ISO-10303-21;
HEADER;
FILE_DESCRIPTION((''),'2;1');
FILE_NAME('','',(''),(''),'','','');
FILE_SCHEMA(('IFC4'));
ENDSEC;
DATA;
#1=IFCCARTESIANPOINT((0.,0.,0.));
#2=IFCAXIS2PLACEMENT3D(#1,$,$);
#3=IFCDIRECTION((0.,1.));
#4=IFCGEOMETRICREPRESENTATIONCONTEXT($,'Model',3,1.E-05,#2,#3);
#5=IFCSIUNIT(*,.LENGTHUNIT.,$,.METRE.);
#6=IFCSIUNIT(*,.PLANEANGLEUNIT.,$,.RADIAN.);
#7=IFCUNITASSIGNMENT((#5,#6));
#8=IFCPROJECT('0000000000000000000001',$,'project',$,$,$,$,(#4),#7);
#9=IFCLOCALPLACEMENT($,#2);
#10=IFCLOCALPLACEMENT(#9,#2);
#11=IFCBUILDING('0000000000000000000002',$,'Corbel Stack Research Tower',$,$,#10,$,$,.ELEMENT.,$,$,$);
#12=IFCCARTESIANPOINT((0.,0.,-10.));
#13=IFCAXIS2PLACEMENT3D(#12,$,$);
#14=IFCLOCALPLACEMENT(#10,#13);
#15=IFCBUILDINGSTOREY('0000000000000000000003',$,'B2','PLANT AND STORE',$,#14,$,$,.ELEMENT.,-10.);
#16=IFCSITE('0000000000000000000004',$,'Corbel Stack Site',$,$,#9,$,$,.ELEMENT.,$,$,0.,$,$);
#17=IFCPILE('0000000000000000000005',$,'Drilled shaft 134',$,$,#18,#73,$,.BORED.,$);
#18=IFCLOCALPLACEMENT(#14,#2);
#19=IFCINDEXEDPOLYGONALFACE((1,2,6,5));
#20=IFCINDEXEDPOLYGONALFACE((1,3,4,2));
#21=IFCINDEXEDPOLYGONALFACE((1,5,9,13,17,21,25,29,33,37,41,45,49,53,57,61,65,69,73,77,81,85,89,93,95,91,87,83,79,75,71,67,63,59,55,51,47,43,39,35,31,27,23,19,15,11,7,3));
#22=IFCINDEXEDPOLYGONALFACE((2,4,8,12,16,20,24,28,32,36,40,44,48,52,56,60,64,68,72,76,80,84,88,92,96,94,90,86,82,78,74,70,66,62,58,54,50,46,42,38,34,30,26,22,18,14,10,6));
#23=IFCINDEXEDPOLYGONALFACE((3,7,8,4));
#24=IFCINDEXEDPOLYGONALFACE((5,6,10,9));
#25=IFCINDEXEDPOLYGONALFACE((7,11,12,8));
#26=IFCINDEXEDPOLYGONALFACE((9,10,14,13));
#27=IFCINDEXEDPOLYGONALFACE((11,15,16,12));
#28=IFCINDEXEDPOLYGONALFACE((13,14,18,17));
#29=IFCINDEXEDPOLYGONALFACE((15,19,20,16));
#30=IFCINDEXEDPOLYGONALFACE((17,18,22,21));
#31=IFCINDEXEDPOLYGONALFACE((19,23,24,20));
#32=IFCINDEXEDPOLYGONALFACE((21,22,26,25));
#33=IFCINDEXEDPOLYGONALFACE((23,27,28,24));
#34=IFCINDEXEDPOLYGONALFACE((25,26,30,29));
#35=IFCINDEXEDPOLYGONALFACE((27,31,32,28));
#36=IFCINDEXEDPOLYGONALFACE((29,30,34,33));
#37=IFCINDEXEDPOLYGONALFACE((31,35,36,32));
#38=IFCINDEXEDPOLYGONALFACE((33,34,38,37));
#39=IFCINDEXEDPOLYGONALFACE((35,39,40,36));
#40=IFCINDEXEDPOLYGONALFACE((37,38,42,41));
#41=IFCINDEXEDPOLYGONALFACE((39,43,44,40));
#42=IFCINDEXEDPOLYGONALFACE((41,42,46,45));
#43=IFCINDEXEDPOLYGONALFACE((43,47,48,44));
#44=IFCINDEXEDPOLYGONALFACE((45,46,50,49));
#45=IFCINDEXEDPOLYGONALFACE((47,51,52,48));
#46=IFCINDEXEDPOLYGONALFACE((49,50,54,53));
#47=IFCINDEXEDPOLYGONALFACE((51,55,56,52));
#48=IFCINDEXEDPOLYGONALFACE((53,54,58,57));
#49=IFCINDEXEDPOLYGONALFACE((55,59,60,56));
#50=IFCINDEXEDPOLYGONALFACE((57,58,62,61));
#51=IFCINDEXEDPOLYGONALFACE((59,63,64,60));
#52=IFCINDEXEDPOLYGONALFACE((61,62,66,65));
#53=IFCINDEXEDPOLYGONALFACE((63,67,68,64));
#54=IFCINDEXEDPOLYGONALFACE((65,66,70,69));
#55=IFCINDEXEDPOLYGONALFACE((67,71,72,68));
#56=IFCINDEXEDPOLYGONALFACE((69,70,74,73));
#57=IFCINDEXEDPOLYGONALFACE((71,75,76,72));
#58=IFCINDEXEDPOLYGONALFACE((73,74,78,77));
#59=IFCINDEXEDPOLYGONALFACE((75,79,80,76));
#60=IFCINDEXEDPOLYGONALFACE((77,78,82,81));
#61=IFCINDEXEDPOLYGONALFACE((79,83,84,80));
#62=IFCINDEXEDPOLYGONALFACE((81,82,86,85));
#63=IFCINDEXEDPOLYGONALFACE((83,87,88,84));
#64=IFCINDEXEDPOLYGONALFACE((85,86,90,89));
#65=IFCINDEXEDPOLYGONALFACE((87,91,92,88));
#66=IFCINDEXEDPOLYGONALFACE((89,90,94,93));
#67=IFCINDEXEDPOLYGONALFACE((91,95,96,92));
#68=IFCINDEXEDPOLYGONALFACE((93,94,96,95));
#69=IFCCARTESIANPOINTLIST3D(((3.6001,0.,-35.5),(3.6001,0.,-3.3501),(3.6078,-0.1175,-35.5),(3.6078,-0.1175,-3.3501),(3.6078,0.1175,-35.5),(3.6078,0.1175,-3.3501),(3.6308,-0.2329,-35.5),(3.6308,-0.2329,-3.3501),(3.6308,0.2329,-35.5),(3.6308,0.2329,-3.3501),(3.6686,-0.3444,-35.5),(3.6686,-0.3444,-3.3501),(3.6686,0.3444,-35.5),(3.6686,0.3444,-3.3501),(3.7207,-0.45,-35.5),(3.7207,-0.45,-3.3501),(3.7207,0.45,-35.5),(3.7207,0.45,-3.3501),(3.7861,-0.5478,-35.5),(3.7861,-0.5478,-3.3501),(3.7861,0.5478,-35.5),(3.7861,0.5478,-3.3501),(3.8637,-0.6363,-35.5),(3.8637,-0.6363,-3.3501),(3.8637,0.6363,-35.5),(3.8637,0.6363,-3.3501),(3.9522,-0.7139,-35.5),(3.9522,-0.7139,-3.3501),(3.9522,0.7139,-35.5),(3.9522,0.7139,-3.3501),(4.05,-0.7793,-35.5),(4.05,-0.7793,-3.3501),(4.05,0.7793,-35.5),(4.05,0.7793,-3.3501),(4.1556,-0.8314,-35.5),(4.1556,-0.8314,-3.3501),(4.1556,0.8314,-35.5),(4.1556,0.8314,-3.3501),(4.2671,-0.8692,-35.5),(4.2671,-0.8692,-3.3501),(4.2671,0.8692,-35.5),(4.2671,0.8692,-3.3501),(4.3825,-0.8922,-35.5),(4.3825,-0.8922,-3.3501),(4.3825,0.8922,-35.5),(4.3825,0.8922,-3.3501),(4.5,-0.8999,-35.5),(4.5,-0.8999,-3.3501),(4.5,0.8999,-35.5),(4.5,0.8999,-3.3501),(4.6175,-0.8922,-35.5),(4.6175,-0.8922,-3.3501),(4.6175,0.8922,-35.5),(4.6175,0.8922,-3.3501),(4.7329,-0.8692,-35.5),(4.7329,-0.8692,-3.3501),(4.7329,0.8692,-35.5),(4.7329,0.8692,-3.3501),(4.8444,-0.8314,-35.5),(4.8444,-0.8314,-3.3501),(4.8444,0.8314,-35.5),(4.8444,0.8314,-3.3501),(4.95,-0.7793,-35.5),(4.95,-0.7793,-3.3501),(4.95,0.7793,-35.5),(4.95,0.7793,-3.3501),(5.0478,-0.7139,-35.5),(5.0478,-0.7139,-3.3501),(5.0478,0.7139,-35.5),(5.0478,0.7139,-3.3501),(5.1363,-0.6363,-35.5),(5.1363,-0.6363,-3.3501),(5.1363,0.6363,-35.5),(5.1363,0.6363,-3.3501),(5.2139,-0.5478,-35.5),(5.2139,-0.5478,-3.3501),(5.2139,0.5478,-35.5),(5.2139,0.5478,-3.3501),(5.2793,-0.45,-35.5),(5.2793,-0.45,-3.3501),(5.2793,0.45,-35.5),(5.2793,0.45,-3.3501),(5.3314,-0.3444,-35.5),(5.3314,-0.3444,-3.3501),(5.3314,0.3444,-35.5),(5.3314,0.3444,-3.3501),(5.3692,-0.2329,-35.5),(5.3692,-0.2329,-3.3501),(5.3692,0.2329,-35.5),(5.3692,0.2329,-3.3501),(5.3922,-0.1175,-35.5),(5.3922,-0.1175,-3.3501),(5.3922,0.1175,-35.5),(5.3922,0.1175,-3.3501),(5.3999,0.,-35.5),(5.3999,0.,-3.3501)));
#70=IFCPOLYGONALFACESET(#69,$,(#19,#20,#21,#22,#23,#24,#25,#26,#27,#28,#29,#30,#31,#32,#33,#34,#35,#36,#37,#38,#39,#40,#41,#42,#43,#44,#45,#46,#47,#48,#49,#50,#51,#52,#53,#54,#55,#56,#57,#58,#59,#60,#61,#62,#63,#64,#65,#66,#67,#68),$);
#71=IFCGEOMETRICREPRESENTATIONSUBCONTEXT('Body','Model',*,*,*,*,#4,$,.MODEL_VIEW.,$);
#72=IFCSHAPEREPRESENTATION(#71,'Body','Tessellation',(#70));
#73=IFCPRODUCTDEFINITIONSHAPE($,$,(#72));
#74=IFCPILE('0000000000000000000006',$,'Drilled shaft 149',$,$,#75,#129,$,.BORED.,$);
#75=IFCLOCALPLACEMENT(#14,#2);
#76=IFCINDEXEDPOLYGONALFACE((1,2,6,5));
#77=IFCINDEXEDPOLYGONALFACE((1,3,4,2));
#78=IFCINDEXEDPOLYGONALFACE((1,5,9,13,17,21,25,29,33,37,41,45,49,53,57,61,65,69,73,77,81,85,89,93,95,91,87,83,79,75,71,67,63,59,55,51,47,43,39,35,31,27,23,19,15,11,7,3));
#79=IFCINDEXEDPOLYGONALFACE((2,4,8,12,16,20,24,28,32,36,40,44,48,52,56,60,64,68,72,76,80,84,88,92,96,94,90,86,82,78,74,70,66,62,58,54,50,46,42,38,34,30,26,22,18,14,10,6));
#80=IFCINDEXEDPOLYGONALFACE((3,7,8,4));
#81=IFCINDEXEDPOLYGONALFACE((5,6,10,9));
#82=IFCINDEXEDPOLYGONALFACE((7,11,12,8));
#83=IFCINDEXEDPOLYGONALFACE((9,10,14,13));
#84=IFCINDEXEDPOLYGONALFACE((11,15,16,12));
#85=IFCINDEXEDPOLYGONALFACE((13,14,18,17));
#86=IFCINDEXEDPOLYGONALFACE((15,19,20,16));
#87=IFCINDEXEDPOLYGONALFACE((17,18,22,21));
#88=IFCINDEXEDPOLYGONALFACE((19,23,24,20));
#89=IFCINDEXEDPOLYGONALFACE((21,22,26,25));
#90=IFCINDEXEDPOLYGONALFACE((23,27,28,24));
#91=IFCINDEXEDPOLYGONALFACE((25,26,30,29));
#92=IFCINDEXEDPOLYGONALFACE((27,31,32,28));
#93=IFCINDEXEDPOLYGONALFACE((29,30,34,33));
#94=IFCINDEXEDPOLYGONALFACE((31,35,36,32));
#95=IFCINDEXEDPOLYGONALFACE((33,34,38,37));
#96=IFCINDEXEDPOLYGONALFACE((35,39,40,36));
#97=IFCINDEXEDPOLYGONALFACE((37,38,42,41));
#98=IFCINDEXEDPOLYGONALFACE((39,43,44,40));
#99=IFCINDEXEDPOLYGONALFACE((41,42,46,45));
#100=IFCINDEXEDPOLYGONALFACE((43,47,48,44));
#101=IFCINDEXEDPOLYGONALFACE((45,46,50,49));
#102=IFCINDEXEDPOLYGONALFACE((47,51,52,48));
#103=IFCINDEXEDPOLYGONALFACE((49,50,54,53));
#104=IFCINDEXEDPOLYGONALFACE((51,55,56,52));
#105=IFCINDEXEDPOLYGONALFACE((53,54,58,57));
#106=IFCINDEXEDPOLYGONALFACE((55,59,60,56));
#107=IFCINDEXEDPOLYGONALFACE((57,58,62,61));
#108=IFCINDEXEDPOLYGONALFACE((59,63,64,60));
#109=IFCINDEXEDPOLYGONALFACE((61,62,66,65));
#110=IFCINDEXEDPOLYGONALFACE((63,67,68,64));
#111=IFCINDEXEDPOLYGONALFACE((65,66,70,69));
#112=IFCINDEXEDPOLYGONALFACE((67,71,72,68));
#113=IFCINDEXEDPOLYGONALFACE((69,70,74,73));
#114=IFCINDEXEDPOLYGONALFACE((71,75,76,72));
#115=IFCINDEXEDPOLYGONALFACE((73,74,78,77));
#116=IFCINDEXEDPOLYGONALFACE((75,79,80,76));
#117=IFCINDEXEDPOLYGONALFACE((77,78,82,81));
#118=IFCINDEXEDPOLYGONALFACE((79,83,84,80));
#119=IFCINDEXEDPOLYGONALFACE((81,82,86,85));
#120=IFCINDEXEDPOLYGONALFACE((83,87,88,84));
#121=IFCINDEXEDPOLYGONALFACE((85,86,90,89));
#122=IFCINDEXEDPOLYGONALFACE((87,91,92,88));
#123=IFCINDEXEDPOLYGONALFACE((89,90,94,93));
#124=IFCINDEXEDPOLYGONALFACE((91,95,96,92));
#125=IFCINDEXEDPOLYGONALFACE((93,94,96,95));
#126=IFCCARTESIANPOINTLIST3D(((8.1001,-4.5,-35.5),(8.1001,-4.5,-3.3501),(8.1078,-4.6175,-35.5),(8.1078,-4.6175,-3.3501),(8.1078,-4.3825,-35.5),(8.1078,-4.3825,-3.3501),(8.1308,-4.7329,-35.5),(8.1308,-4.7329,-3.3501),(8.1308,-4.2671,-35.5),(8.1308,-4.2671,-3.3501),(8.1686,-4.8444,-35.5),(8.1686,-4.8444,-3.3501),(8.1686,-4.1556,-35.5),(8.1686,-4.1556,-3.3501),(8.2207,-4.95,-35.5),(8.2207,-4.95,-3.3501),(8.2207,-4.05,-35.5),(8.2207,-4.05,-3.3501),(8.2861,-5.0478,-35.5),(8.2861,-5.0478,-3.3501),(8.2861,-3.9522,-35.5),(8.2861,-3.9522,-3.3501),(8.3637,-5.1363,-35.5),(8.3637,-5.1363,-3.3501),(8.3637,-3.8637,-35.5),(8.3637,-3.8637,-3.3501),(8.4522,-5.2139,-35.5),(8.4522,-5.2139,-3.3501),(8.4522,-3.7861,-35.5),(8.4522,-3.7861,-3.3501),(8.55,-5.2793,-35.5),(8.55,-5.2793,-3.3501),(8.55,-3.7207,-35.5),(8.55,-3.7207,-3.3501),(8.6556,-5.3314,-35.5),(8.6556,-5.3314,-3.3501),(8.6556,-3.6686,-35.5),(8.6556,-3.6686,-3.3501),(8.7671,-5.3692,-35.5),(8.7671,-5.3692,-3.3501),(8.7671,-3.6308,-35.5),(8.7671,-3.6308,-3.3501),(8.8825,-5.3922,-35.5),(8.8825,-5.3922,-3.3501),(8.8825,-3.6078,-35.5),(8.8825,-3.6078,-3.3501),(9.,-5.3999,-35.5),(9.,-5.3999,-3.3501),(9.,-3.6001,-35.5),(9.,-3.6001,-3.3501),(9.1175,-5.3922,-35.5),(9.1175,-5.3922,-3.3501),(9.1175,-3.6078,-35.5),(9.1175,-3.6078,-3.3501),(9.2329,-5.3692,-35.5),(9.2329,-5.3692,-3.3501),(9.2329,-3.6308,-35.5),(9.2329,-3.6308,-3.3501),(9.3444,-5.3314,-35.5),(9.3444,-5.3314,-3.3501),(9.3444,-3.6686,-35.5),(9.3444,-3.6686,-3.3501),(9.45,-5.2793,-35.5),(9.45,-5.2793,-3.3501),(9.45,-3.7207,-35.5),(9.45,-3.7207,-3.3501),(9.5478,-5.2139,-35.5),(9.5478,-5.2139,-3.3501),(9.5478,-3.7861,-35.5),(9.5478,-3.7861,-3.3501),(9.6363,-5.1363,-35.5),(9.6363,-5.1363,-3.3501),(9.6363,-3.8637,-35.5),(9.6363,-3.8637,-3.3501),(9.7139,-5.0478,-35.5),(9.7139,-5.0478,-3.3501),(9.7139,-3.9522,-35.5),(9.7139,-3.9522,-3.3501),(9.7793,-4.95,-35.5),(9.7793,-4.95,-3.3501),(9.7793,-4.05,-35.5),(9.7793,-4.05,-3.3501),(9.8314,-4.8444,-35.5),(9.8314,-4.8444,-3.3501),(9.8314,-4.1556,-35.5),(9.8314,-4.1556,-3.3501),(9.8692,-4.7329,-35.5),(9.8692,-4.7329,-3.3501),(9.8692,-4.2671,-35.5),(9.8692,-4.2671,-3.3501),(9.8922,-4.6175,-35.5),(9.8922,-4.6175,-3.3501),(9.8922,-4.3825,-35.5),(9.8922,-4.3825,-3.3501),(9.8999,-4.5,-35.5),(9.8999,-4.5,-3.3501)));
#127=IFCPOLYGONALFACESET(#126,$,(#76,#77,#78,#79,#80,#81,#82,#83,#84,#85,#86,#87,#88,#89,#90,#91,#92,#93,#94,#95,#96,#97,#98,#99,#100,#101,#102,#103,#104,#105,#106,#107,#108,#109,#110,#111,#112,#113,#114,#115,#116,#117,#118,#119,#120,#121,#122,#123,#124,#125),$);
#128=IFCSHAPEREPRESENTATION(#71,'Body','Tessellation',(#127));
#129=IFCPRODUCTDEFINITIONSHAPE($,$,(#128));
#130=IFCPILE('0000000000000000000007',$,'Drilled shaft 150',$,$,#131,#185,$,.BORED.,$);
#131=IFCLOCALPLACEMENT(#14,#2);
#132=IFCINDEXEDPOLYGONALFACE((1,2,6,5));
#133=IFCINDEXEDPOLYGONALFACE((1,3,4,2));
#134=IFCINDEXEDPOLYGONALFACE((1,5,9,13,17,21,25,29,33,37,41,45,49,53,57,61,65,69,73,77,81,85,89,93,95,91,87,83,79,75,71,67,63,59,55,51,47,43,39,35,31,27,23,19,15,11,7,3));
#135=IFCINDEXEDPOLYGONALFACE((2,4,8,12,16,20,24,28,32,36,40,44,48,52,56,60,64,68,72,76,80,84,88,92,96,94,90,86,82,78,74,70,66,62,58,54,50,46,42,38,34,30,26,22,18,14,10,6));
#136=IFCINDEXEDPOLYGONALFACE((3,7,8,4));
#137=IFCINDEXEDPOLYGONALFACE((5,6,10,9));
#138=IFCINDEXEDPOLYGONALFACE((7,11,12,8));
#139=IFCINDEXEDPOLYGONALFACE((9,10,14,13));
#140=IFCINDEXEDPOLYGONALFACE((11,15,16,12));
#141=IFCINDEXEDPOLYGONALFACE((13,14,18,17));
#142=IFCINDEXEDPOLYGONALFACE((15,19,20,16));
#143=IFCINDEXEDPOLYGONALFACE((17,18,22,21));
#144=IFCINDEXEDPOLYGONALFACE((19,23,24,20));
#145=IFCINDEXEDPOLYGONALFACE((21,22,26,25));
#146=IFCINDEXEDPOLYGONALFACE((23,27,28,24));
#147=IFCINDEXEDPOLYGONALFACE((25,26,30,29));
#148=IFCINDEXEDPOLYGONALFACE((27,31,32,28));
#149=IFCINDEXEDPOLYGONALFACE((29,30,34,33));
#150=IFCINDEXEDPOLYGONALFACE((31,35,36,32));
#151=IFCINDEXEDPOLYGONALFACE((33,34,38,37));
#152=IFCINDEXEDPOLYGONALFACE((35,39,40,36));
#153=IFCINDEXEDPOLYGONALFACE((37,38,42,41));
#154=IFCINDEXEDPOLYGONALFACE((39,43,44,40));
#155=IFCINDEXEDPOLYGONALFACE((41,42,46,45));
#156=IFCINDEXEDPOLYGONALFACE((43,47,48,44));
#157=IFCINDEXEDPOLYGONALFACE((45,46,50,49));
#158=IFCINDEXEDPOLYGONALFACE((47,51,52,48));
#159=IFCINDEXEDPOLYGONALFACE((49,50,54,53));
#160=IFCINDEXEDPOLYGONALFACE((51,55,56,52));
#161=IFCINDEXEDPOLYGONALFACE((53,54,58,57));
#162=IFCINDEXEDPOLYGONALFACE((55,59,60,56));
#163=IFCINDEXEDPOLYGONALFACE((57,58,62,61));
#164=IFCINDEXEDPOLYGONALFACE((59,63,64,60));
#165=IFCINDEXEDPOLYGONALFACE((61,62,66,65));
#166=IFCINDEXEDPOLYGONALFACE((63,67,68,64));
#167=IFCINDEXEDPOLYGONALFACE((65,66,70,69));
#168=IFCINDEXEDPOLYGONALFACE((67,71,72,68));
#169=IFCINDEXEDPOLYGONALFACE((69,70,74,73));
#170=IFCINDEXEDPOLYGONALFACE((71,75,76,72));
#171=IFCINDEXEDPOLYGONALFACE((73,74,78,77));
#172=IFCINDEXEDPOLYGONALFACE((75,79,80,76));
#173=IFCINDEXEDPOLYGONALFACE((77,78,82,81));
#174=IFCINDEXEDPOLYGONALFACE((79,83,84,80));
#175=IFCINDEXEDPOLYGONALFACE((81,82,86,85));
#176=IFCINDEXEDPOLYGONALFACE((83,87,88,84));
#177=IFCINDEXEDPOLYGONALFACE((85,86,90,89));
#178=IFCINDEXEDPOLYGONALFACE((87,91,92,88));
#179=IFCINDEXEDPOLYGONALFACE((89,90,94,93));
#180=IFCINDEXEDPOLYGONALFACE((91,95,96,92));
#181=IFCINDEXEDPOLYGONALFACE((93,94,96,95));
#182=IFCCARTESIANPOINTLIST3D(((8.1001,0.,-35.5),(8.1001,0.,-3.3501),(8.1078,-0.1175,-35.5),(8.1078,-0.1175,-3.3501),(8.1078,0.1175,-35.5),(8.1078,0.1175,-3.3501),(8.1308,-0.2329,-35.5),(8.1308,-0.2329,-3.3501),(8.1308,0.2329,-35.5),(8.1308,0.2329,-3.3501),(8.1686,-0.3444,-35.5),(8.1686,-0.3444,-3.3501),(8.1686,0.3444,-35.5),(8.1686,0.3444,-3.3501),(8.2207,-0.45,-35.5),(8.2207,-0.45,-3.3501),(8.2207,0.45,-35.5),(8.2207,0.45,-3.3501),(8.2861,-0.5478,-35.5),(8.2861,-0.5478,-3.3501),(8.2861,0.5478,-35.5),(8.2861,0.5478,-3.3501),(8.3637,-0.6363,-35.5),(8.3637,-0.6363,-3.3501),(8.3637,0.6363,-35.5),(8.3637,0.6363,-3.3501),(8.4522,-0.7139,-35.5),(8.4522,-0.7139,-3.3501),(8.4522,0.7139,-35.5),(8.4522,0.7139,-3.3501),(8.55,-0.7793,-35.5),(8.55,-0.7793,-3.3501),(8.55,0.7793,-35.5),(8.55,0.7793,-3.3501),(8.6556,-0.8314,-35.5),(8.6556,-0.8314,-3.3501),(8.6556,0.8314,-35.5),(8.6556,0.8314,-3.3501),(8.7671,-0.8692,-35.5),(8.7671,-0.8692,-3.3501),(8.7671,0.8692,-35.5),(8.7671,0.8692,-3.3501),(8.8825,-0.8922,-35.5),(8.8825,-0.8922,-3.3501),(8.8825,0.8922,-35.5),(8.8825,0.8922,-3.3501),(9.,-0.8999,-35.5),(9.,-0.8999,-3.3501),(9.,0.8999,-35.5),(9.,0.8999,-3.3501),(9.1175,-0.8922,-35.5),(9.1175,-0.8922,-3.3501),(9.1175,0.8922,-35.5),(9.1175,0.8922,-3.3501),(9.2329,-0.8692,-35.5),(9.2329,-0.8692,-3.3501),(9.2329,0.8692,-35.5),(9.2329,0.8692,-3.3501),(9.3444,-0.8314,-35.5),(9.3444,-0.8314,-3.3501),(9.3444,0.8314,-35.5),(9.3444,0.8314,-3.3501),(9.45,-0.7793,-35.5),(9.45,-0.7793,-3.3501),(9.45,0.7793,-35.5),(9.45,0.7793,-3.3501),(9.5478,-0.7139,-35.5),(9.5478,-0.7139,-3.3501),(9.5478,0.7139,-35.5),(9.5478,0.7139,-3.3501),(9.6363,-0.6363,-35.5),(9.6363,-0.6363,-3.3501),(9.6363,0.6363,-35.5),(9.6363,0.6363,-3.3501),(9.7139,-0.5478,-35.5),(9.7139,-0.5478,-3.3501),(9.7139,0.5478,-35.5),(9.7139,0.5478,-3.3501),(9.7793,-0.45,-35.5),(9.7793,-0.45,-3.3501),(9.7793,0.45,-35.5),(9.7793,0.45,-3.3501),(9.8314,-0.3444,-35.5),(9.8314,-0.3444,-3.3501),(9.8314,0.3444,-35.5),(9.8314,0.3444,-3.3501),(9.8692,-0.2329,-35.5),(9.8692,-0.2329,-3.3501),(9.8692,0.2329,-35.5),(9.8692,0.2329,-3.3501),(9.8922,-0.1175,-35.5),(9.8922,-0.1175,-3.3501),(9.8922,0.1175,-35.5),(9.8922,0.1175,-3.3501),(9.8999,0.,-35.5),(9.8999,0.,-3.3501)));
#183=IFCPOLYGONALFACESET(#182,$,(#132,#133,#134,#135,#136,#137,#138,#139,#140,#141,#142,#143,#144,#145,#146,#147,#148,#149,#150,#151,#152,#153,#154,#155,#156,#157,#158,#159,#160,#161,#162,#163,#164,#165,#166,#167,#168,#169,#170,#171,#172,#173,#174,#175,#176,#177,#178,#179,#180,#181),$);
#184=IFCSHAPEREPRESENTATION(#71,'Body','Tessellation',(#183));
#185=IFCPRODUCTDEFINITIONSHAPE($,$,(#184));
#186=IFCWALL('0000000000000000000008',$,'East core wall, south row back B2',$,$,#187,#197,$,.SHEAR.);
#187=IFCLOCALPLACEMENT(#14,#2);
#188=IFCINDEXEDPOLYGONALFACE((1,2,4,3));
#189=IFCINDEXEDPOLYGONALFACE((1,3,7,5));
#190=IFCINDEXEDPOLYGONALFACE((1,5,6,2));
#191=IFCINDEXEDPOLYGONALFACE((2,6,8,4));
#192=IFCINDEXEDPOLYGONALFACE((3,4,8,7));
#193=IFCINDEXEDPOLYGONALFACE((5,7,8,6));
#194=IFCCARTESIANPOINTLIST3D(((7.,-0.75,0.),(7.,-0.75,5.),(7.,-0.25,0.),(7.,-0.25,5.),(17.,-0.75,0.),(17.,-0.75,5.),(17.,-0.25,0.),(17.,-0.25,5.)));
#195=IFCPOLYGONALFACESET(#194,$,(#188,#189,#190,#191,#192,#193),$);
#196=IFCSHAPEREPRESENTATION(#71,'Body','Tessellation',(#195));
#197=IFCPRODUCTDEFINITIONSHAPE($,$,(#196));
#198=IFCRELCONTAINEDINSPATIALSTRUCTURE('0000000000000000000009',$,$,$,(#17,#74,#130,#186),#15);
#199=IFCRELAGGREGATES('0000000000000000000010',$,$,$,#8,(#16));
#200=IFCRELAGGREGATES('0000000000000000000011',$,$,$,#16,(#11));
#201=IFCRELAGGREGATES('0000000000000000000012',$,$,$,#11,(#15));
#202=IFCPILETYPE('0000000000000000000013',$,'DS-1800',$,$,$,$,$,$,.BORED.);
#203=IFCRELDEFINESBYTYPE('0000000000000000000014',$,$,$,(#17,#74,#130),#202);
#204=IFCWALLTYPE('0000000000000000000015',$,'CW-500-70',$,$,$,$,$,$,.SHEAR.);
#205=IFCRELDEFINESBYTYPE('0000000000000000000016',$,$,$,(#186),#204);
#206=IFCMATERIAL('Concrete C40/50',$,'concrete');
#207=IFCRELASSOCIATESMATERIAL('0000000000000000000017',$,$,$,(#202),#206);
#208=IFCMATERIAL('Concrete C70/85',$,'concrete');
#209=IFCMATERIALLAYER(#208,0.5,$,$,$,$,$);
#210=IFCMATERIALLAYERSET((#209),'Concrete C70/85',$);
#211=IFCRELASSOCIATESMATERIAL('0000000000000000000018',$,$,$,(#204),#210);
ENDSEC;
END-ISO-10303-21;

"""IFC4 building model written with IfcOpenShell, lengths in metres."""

from ifc_helpers import new_model, si_unit, direction, frame, frame_2d, origin, origin_2d, place, context, subcontext, project, spatial, rectangle, circle, extrude, material, layer, layer_set, material_profile, profile_set, type_object, element, save


model = new_model("IFC4")

# Units and contexts
model_context = context("Model", 3, precision=1e-05, world=origin(), true_north=direction((0.0, 1.0)))
body_context = subcontext(model_context, "Body", "Model", "MODEL_VIEW")
ifc_project = project(units=[si_unit("LENGTHUNIT", "METRE"), si_unit("PLANEANGLEUNIT", "RADIAN")], contexts=[model_context])

# Site, building, storey
site_placement = place(None, origin())
site = spatial("IfcSite", under=ifc_project, at=site_placement, Name="Corbel Stack Site", CompositionType="ELEMENT", RefElevation=0.0)
building_placement = place(site_placement, origin())
building = spatial("IfcBuilding", under=site, at=building_placement, Name="Corbel Stack Research Tower", CompositionType="ELEMENT")
storey_placement = place(building_placement, frame((0.0, 0.0, -10.0)))
storey = spatial("IfcBuildingStorey", under=building, at=storey_placement, Name="B2", Description="PLANT AND STORE", CompositionType="ELEMENT", Elevation=-10.0)

# Piles
ifc_material_1 = material(Name="Concrete C40/50", Category="concrete")
ifc_material_profile = material_profile(ifc_material_1, circle(Radius=0.8999, at=origin_2d()), Name="Shaft 1800")
ifc_profile_set = profile_set([ifc_material_profile], Name="Concrete C40/50")
pile_type = type_object("IfcPileType", Name="DS-1800", PredefinedType="BORED", material=ifc_profile_set)
for number, where, z_axis, x_axis, name in (
    (1, (4.5, 0.0, -3.3501), (0.0, 0.0, -1.0), (1.0, 0.0, 0.0), "Drilled shaft 134"),
    (2, (9.0, -4.5, -3.3501), (0.0, 0.0, -1.0), (1.0, 0.0, 0.0), "Drilled shaft 149"),
    (3, (9.0, 0.0, -3.3501), (0.0, 0.0, -1.0), (1.0, 0.0, 0.0), "Drilled shaft 150"),
):
    element("IfcPile", number, at=place(storey_placement, frame(where, z_axis=z_axis, x_axis=x_axis)), inside=storey, type_object=pile_type, Name=name, PredefinedType="BORED", context=body_context, shape_type="SweptSolid", body=[
        extrude(circle(Radius=0.8999, at=origin_2d()), origin(), (0.0, 0.0, 1.0), 32.1499),
    ])

# Wall
ifc_material_2 = material(Name="Concrete C70/85", Category="concrete")
ifc_layer_1 = layer(ifc_material_2, 0.5)
ifc_layer_set_1 = layer_set([ifc_layer_1], Name="Concrete C70/85")
wall_type_1 = type_object("IfcWallType", Name="CW-500-70", PredefinedType="SHEAR", material=ifc_layer_set_1)
wall_1_placement = place(storey_placement, frame((7.0, -0.5, 0.0), z_axis=(0.0, 0.0, 1.0), x_axis=(1.0, 0.0, 0.0)))
element("IfcWall", 4, at=wall_1_placement, inside=storey, type_object=wall_type_1, Name="East core wall, south row back B2", PredefinedType="SHEAR", context=body_context, shape_type="SweptSolid", body=[
    extrude(rectangle(XDim=10.0, YDim=0.5, at=frame_2d((5.0, 0.0))), origin(), (0.0, 0.0, 1.0), 5.0),
])

save(model, "model.ifc")
